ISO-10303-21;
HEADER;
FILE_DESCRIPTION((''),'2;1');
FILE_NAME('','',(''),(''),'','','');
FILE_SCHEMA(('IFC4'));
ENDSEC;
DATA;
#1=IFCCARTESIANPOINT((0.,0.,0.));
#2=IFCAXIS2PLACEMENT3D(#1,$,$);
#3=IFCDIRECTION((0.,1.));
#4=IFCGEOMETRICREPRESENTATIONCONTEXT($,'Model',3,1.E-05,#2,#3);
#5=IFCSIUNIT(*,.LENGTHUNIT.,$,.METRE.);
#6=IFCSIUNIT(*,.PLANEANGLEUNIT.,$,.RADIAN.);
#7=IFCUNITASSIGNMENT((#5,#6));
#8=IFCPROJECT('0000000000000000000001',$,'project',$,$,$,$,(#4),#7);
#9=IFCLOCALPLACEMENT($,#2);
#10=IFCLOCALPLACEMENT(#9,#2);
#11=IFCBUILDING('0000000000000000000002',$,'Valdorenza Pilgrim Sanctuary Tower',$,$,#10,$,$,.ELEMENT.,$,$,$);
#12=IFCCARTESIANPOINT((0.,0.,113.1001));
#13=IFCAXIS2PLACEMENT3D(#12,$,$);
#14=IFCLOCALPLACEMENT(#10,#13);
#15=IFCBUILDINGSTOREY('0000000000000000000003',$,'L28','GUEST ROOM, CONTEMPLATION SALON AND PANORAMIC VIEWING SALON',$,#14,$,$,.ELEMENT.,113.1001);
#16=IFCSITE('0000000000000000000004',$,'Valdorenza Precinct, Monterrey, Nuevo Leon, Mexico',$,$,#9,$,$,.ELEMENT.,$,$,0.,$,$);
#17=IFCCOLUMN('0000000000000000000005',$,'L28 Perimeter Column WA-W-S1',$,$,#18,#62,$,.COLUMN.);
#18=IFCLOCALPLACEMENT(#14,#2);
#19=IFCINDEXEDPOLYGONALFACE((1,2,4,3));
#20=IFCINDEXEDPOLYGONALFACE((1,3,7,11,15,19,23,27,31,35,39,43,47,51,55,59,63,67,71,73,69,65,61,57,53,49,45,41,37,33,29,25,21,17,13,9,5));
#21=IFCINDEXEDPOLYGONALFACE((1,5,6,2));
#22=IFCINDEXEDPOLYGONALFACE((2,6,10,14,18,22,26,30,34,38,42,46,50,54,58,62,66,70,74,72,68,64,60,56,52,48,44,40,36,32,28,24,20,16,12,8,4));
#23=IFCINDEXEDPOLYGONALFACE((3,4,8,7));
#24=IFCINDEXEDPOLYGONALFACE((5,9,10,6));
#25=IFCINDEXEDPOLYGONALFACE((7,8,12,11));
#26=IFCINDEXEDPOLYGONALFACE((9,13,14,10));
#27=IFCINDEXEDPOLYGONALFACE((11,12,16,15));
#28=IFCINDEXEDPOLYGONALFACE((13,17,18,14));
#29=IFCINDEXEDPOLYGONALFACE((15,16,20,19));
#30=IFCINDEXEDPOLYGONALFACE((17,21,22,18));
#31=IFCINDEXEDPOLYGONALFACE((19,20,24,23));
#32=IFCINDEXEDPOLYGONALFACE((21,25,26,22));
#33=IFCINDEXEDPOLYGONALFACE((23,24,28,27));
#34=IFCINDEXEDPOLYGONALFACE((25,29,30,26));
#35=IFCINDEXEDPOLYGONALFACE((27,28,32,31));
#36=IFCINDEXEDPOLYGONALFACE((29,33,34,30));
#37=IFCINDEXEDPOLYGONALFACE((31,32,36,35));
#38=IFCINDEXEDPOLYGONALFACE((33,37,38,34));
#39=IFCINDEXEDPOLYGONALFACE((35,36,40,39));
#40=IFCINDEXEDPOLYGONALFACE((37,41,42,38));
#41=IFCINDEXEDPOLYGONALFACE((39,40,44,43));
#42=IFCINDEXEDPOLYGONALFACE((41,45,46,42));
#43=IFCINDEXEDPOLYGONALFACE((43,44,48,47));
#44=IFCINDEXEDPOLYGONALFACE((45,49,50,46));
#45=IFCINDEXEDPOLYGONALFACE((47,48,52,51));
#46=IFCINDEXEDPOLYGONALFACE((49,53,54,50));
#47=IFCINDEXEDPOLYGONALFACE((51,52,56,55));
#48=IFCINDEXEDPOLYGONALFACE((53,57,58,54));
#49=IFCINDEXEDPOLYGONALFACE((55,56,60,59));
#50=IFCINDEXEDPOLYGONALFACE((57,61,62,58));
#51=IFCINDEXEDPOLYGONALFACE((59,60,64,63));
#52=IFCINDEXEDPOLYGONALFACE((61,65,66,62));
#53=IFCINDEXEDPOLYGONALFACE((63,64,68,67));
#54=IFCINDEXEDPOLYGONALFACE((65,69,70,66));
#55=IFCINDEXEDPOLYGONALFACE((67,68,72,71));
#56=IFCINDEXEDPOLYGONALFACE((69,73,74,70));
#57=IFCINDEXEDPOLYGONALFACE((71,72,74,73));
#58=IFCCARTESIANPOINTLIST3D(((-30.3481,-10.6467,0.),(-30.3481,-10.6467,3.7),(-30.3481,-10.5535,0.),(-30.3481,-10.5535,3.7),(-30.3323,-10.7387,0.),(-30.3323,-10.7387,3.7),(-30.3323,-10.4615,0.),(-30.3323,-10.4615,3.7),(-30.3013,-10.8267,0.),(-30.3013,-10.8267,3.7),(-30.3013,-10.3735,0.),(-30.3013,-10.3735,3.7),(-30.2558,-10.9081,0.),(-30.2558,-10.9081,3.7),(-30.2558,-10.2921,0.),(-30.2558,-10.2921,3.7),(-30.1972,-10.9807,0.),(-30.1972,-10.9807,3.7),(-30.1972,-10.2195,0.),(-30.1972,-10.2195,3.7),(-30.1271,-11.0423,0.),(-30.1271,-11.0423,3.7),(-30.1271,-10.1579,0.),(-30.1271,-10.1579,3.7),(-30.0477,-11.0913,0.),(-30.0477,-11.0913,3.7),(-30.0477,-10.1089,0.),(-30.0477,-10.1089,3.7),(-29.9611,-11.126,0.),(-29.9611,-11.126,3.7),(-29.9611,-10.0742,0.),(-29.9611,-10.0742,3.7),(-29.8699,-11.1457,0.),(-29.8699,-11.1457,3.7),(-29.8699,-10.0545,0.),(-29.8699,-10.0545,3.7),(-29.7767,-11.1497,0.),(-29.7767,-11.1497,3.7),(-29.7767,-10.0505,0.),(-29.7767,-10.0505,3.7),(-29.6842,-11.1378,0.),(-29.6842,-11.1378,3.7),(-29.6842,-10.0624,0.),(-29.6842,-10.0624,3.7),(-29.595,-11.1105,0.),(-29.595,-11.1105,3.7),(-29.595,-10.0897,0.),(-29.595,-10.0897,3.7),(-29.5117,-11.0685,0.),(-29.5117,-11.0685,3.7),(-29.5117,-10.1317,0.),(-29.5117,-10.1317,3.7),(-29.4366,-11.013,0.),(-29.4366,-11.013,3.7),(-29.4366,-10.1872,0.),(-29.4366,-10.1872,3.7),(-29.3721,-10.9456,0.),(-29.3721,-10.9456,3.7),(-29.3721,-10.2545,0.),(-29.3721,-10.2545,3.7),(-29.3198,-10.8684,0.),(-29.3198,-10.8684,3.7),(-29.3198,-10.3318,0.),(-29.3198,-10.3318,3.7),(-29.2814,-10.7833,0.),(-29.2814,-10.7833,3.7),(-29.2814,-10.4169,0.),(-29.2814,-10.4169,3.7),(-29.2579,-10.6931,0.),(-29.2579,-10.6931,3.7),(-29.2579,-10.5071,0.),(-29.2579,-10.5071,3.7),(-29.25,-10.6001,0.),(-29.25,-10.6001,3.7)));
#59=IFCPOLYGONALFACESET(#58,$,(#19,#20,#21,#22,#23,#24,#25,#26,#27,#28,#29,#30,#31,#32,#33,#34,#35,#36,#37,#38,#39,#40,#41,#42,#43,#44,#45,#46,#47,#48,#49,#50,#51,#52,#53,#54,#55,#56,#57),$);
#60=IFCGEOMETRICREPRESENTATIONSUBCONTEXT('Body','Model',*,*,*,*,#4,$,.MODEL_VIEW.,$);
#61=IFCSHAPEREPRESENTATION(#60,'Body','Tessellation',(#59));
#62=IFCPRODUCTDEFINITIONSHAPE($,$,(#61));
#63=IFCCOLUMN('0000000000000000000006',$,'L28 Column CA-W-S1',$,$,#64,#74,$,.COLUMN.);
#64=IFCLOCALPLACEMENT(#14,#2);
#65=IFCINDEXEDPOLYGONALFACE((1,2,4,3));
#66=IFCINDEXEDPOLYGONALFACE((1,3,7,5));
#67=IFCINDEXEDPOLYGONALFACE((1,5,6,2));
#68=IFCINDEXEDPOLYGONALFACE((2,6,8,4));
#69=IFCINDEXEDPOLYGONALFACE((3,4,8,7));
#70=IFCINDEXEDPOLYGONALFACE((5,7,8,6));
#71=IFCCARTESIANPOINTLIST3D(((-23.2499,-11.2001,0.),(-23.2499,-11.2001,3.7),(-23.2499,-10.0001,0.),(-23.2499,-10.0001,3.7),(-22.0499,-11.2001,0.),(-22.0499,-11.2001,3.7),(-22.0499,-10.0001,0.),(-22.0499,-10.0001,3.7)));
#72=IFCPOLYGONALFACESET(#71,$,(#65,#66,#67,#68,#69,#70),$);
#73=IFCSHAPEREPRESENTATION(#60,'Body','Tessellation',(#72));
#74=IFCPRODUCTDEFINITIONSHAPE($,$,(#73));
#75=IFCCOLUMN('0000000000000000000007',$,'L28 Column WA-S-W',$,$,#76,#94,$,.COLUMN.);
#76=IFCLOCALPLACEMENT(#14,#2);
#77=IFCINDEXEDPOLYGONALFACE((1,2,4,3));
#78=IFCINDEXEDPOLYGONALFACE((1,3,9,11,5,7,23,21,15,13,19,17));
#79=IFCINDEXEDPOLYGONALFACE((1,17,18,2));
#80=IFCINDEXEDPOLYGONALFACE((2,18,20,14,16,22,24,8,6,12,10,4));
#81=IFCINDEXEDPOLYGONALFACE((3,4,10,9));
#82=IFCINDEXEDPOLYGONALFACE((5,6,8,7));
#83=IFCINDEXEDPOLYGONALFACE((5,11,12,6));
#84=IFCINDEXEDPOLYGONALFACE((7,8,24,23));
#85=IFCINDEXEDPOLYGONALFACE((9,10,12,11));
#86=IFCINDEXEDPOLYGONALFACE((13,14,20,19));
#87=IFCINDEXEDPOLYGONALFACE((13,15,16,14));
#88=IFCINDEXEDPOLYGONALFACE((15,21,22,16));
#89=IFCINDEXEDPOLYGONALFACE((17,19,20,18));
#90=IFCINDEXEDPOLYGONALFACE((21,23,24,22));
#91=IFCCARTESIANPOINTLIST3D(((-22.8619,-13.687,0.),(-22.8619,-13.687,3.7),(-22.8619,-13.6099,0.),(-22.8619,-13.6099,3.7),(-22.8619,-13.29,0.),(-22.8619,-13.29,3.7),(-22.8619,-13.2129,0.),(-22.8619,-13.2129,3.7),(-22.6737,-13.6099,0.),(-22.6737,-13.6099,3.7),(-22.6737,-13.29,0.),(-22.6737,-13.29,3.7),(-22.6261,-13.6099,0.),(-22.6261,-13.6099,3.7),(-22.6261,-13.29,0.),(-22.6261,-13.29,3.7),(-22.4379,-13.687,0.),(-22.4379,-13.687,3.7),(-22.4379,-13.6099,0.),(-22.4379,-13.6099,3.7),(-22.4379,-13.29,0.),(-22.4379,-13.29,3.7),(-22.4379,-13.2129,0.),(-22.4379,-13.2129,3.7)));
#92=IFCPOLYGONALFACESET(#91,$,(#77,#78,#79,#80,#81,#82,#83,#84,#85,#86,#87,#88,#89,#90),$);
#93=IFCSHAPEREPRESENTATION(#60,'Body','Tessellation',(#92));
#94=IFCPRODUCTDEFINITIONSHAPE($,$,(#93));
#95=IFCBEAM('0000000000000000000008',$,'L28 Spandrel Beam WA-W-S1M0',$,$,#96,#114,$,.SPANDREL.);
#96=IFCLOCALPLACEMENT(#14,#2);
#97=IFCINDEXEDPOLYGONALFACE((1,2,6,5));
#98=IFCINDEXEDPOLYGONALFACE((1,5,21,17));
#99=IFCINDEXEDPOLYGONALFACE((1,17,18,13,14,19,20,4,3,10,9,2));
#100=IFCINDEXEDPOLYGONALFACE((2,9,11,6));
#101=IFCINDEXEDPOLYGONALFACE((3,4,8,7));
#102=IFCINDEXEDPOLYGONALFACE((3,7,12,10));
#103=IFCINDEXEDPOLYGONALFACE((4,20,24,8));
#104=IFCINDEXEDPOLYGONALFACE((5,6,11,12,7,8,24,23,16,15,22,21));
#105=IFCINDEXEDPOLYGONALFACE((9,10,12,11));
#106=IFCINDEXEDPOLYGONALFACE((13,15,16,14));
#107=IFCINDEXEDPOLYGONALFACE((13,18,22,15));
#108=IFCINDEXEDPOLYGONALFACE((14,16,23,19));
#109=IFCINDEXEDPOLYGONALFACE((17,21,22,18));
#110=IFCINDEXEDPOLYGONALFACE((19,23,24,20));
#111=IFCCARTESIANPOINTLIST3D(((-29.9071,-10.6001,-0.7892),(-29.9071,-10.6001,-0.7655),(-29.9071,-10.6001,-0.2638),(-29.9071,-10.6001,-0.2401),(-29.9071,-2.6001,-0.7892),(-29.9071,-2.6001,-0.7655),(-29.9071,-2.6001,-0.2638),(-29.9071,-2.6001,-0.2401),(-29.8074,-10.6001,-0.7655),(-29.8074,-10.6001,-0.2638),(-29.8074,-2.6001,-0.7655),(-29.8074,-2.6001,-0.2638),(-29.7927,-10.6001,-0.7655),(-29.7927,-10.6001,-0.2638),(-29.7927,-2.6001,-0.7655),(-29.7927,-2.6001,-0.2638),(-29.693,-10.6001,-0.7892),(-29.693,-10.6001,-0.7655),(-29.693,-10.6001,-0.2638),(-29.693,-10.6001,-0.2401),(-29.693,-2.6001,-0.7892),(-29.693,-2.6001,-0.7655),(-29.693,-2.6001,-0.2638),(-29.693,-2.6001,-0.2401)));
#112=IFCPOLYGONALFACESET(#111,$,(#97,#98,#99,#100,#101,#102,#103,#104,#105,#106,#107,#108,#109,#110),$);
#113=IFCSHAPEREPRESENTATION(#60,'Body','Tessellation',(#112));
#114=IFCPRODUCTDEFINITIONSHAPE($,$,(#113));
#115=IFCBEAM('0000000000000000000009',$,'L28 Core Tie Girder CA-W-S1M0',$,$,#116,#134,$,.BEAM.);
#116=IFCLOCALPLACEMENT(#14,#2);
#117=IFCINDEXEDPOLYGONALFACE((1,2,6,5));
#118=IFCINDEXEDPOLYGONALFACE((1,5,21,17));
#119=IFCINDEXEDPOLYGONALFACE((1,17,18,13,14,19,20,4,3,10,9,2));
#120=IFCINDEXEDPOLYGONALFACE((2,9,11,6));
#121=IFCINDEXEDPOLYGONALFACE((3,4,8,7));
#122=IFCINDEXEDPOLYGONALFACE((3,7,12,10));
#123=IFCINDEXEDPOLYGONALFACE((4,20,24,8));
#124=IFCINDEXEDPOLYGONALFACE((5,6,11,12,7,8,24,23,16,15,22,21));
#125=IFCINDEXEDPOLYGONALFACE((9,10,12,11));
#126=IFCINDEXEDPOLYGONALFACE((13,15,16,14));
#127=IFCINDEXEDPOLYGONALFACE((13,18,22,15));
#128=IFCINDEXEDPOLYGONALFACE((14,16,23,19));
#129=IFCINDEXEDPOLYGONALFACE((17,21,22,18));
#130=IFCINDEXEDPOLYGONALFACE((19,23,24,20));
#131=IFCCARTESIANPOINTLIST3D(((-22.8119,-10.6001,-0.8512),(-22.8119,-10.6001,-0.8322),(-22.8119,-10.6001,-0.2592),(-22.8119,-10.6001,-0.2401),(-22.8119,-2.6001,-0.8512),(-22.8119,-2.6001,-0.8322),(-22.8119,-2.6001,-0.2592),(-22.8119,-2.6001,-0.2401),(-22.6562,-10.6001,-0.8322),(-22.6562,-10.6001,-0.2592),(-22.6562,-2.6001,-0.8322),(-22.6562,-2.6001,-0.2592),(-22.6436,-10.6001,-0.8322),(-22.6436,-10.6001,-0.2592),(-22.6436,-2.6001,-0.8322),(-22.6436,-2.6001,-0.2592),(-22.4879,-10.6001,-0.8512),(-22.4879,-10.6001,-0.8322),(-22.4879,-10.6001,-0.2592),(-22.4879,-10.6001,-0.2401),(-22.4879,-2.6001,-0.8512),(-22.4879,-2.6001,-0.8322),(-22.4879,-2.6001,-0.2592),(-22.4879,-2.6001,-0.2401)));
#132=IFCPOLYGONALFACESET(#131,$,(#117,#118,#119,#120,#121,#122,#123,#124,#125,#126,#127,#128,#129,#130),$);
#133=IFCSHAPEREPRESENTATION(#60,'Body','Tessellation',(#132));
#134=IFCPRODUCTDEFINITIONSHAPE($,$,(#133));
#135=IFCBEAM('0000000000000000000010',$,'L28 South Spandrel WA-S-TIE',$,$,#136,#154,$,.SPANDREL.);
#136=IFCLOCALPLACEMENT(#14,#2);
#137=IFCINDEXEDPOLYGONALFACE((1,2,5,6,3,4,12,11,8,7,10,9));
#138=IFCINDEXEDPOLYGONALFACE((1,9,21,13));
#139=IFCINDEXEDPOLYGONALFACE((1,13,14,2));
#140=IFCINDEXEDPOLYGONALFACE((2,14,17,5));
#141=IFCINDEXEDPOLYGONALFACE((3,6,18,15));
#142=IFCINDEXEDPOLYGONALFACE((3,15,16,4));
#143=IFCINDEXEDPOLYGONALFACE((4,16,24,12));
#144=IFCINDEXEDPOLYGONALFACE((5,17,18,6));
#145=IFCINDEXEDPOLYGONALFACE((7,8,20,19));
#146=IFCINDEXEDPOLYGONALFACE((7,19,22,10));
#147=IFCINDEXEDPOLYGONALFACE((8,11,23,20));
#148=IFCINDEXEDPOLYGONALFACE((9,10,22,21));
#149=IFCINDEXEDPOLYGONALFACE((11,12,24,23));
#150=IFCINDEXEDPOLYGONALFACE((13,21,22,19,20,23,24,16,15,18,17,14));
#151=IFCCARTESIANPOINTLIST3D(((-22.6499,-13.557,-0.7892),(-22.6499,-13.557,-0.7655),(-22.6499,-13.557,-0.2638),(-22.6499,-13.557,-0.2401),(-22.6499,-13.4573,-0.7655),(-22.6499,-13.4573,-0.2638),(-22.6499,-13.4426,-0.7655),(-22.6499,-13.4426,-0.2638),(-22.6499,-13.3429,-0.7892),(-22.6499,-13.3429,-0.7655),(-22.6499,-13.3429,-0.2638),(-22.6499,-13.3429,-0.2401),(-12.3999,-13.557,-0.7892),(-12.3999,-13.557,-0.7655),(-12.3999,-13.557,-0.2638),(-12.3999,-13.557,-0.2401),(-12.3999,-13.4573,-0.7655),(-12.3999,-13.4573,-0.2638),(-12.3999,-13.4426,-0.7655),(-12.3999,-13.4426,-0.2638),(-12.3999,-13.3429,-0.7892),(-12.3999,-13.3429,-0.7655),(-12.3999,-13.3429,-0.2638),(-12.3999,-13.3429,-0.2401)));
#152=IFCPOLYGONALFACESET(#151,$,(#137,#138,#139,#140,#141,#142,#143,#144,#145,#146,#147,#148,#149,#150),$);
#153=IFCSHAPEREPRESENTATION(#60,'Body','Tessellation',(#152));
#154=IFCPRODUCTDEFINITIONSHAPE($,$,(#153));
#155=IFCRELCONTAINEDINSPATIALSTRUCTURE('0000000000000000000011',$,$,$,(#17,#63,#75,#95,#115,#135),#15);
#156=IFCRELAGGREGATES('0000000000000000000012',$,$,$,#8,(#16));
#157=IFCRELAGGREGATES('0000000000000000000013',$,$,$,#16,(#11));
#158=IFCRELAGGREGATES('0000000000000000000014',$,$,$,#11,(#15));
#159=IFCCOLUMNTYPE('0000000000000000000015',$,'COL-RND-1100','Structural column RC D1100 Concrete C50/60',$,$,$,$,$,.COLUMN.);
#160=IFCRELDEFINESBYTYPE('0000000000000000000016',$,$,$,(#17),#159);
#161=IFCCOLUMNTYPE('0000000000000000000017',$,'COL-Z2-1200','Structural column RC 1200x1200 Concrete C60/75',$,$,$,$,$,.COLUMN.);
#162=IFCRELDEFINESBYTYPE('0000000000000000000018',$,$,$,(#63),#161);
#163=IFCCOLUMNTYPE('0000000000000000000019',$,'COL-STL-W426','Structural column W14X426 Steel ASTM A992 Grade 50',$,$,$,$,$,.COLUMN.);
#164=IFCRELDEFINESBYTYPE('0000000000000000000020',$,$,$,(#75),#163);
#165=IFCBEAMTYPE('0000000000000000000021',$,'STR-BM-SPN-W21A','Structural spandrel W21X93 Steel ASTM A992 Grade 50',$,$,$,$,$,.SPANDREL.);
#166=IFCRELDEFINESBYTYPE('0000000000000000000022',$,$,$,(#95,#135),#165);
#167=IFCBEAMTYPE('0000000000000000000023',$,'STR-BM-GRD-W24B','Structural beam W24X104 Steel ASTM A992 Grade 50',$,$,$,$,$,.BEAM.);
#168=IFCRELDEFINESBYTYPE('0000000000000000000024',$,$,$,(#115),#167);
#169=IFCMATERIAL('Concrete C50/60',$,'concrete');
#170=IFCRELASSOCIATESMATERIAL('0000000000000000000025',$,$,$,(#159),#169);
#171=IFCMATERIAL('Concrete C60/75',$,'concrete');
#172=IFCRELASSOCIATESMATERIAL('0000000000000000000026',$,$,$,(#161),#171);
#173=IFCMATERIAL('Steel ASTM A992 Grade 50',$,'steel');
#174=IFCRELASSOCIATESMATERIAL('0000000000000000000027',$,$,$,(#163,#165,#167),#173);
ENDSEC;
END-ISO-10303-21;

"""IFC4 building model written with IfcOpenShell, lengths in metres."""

from ifc_helpers import new_model, si_unit, direction, frame, origin, origin_2d, place, context, subcontext, project, spatial, rectangle, circle, i_section, extrude, source, transform, mapped, material, material_profile, profile_set, type_object, element, save


model = new_model("IFC4")

# Units and contexts
model_context = context("Model", 3, precision=1e-05, world=origin(), true_north=direction((0.0, 1.0)))
body_context = subcontext(model_context, "Body", "Model", "MODEL_VIEW")
ifc_project = project(units=[si_unit("LENGTHUNIT", "METRE"), si_unit("PLANEANGLEUNIT", "RADIAN")], contexts=[model_context])

# Site, building, storey
site_placement = place(None, origin())
site = spatial("IfcSite", under=ifc_project, at=site_placement, Name="Valdorenza Precinct, Monterrey, Nuevo Leon, Mexico", CompositionType="ELEMENT", RefElevation=0.0)
building_placement = place(site_placement, origin())
building = spatial("IfcBuilding", under=site, at=building_placement, Name="Valdorenza Pilgrim Sanctuary Tower", CompositionType="ELEMENT")
storey_placement = place(building_placement, frame((0.0, 0.0, 113.1001)))
storey = spatial("IfcBuildingStorey", under=building, at=storey_placement, Name="L28", Description="GUEST ROOM, CONTEMPLATION SALON AND PANORAMIC VIEWING SALON", CompositionType="ELEMENT", Elevation=113.1001)

# Columns
ifc_material_1 = material(Name="Concrete C50/60", Category="concrete")
ifc_material_profile_1 = material_profile(ifc_material_1, circle(Radius=0.55, at=origin_2d()), Name="RC D1100")
ifc_profile_set_1 = profile_set([ifc_material_profile_1], Name="Concrete C50/60")
column_type_1 = type_object("IfcColumnType", Name="COL-RND-1100", Description="Structural column RC D1100 Concrete C50/60", PredefinedType="COLUMN", material=ifc_profile_set_1)
shared_shape_1 = source(origin(), body_context, "Body", "SweptSolid", [
    extrude(circle(Radius=0.55, at=origin_2d()), origin(), (0.0, 0.0, 1.0), 3.7),
])
column_1_placement = place(storey_placement, frame((-29.8, -10.6001, 0.0), z_axis=(0.0, 0.0, 1.0), x_axis=(1.0, 0.0, 0.0)))
element("IfcColumn", 1, at=column_1_placement, inside=storey, type_object=column_type_1, Name="L28 Perimeter Column WA-W-S1", PredefinedType="COLUMN", context=body_context, shape_type="MappedRepresentation", body=[
    mapped(shared_shape_1, transform((0.0, 0.0, 0.0), x_axis=(1.0, 0.0, 0.0), y_axis=(0.0, 1.0, 0.0), z_axis=(0.0, 0.0, 1.0), scale=1.0)),
])
ifc_material_2 = material(Name="Concrete C60/75", Category="concrete")
ifc_material_profile_2 = material_profile(ifc_material_2, rectangle(XDim=1.2, YDim=1.2, at=origin_2d()), Name="RC 1200x1200")
ifc_profile_set_2 = profile_set([ifc_material_profile_2], Name="Concrete C60/75")
column_type_2 = type_object("IfcColumnType", Name="COL-Z2-1200", Description="Structural column RC 1200x1200 Concrete C60/75", PredefinedType="COLUMN", material=ifc_profile_set_2)
shared_shape_2 = source(origin(), body_context, "Body", "SweptSolid", [
    extrude(rectangle(XDim=1.2, YDim=1.2, at=origin_2d()), origin(), (0.0, 0.0, 1.0), 3.7),
])
column_2_placement = place(storey_placement, frame((-22.6499, -10.6001, 0.0), z_axis=(0.0, 0.0, 1.0), x_axis=(1.0, 0.0, 0.0)))
element("IfcColumn", 2, at=column_2_placement, inside=storey, type_object=column_type_2, Name="L28 Column CA-W-S1", PredefinedType="COLUMN", context=body_context, shape_type="MappedRepresentation", body=[
    mapped(shared_shape_2, transform((0.0, 0.0, 0.0), x_axis=(1.0, 0.0, 0.0), y_axis=(0.0, 1.0, 0.0), z_axis=(0.0, 0.0, 1.0), scale=1.0)),
])
ifc_material_3 = material(Name="Steel ASTM A992 Grade 50", Category="steel")
ifc_material_profile_3 = material_profile(ifc_material_3, i_section(OverallWidth=0.4241, OverallDepth=0.4741, WebThickness=0.0476, FlangeThickness=0.0771, at=origin_2d()), Name="W14X426")
ifc_profile_set_3 = profile_set([ifc_material_profile_3], Name="Steel ASTM A992 Grade 50")
column_type_3 = type_object("IfcColumnType", Name="COL-STL-W426", Description="Structural column W14X426 Steel ASTM A992 Grade 50", PredefinedType="COLUMN", material=ifc_profile_set_3)
shared_shape_3 = source(origin(), body_context, "Body", "SweptSolid", [
    extrude(i_section(OverallWidth=0.4241, OverallDepth=0.4741, WebThickness=0.0476, FlangeThickness=0.0771, at=origin_2d()), origin(), (0.0, 0.0, 1.0), 3.7),
])
column_3_placement = place(storey_placement, frame((-22.6499, -13.45, 0.0), z_axis=(0.0, 0.0, 1.0), x_axis=(1.0, 0.0, 0.0)))
element("IfcColumn", 3, at=column_3_placement, inside=storey, type_object=column_type_3, Name="L28 Column WA-S-W", PredefinedType="COLUMN", context=body_context, shape_type="MappedRepresentation", body=[
    mapped(shared_shape_3, transform((0.0, 0.0, 0.0), x_axis=(1.0, 0.0, 0.0), y_axis=(0.0, 1.0, 0.0), z_axis=(0.0, 0.0, 1.0), scale=1.0)),
])

# Beams
ifc_material_profile_4 = material_profile(ifc_material_3, i_section(OverallWidth=0.2141, OverallDepth=0.5491, WebThickness=0.0146, FlangeThickness=0.0237, at=origin_2d()), Name="W21X93")
ifc_profile_set_4 = profile_set([ifc_material_profile_4], Name="Steel ASTM A992 Grade 50")
beam_type_1 = type_object("IfcBeamType", Name="STR-BM-SPN-W21A", Description="Structural spandrel W21X93 Steel ASTM A992 Grade 50", PredefinedType="SPANDREL", material=ifc_profile_set_4)
shared_shape_4 = source(origin(), body_context, "Body", "SweptSolid", [
    extrude(i_section(OverallWidth=0.2141, OverallDepth=0.5491, WebThickness=0.0146, FlangeThickness=0.0237, at=origin_2d()), origin(), (0.0, 0.0, 1.0), 8.0),
])
beam_1_placement = place(storey_placement, frame((-29.8, -10.6001, -0.5146), z_axis=(0.0, 1.0, 0.0), x_axis=(-1.0, 0.0, 0.0)))
element("IfcBeam", 4, at=beam_1_placement, inside=storey, type_object=beam_type_1, Name="L28 Spandrel Beam WA-W-S1M0", PredefinedType="SPANDREL", context=body_context, shape_type="MappedRepresentation", body=[
    mapped(shared_shape_4, transform((0.0, 0.0, 0.0), x_axis=(1.0, 0.0, 0.0), y_axis=(0.0, 1.0, 0.0), z_axis=(0.0, 0.0, 1.0), scale=1.0)),
])
ifc_material_profile_5 = material_profile(ifc_material_3, i_section(OverallWidth=0.324, OverallDepth=0.6111, WebThickness=0.0127, FlangeThickness=0.019, at=origin_2d()), Name="W24X104")
ifc_profile_set_5 = profile_set([ifc_material_profile_5], Name="Steel ASTM A992 Grade 50")
beam_type_2 = type_object("IfcBeamType", Name="STR-BM-GRD-W24B", Description="Structural beam W24X104 Steel ASTM A992 Grade 50", PredefinedType="BEAM", material=ifc_profile_set_5)
shared_shape_5 = source(origin(), body_context, "Body", "SweptSolid", [
    extrude(i_section(OverallWidth=0.324, OverallDepth=0.6111, WebThickness=0.0127, FlangeThickness=0.019, at=origin_2d()), origin(), (0.0, 0.0, 1.0), 8.0),
])
beam_2_placement = place(storey_placement, frame((-22.6499, -10.6001, -0.5457), z_axis=(0.0, 1.0, 0.0), x_axis=(-1.0, 0.0, 0.0)))
element("IfcBeam", 5, at=beam_2_placement, inside=storey, type_object=beam_type_2, Name="L28 Core Tie Girder CA-W-S1M0", PredefinedType="BEAM", context=body_context, shape_type="MappedRepresentation", body=[
    mapped(shared_shape_5, transform((0.0, 0.0, 0.0), x_axis=(1.0, 0.0, 0.0), y_axis=(0.0, 1.0, 0.0), z_axis=(0.0, 0.0, 1.0), scale=1.0)),
])
shared_shape_6 = source(origin(), body_context, "Body", "SweptSolid", [
    extrude(i_section(OverallWidth=0.2141, OverallDepth=0.5491, WebThickness=0.0146, FlangeThickness=0.0237, at=origin_2d()), origin(), (0.0, 0.0, 1.0), 10.25),
])
beam_3_placement = place(storey_placement, frame((-22.6499, -13.45, -0.5146), z_axis=(1.0, 0.0, 0.0), x_axis=(0.0, 1.0, 0.0)))
element("IfcBeam", 6, at=beam_3_placement, inside=storey, type_object=beam_type_1, Name="L28 South Spandrel WA-S-TIE", PredefinedType="SPANDREL", context=body_context, shape_type="MappedRepresentation", body=[
    mapped(shared_shape_6, transform((0.0, 0.0, 0.0), x_axis=(1.0, 0.0, 0.0), y_axis=(0.0, 1.0, 0.0), z_axis=(0.0, 0.0, 1.0), scale=1.0)),
])

save(model, "model.ifc")
